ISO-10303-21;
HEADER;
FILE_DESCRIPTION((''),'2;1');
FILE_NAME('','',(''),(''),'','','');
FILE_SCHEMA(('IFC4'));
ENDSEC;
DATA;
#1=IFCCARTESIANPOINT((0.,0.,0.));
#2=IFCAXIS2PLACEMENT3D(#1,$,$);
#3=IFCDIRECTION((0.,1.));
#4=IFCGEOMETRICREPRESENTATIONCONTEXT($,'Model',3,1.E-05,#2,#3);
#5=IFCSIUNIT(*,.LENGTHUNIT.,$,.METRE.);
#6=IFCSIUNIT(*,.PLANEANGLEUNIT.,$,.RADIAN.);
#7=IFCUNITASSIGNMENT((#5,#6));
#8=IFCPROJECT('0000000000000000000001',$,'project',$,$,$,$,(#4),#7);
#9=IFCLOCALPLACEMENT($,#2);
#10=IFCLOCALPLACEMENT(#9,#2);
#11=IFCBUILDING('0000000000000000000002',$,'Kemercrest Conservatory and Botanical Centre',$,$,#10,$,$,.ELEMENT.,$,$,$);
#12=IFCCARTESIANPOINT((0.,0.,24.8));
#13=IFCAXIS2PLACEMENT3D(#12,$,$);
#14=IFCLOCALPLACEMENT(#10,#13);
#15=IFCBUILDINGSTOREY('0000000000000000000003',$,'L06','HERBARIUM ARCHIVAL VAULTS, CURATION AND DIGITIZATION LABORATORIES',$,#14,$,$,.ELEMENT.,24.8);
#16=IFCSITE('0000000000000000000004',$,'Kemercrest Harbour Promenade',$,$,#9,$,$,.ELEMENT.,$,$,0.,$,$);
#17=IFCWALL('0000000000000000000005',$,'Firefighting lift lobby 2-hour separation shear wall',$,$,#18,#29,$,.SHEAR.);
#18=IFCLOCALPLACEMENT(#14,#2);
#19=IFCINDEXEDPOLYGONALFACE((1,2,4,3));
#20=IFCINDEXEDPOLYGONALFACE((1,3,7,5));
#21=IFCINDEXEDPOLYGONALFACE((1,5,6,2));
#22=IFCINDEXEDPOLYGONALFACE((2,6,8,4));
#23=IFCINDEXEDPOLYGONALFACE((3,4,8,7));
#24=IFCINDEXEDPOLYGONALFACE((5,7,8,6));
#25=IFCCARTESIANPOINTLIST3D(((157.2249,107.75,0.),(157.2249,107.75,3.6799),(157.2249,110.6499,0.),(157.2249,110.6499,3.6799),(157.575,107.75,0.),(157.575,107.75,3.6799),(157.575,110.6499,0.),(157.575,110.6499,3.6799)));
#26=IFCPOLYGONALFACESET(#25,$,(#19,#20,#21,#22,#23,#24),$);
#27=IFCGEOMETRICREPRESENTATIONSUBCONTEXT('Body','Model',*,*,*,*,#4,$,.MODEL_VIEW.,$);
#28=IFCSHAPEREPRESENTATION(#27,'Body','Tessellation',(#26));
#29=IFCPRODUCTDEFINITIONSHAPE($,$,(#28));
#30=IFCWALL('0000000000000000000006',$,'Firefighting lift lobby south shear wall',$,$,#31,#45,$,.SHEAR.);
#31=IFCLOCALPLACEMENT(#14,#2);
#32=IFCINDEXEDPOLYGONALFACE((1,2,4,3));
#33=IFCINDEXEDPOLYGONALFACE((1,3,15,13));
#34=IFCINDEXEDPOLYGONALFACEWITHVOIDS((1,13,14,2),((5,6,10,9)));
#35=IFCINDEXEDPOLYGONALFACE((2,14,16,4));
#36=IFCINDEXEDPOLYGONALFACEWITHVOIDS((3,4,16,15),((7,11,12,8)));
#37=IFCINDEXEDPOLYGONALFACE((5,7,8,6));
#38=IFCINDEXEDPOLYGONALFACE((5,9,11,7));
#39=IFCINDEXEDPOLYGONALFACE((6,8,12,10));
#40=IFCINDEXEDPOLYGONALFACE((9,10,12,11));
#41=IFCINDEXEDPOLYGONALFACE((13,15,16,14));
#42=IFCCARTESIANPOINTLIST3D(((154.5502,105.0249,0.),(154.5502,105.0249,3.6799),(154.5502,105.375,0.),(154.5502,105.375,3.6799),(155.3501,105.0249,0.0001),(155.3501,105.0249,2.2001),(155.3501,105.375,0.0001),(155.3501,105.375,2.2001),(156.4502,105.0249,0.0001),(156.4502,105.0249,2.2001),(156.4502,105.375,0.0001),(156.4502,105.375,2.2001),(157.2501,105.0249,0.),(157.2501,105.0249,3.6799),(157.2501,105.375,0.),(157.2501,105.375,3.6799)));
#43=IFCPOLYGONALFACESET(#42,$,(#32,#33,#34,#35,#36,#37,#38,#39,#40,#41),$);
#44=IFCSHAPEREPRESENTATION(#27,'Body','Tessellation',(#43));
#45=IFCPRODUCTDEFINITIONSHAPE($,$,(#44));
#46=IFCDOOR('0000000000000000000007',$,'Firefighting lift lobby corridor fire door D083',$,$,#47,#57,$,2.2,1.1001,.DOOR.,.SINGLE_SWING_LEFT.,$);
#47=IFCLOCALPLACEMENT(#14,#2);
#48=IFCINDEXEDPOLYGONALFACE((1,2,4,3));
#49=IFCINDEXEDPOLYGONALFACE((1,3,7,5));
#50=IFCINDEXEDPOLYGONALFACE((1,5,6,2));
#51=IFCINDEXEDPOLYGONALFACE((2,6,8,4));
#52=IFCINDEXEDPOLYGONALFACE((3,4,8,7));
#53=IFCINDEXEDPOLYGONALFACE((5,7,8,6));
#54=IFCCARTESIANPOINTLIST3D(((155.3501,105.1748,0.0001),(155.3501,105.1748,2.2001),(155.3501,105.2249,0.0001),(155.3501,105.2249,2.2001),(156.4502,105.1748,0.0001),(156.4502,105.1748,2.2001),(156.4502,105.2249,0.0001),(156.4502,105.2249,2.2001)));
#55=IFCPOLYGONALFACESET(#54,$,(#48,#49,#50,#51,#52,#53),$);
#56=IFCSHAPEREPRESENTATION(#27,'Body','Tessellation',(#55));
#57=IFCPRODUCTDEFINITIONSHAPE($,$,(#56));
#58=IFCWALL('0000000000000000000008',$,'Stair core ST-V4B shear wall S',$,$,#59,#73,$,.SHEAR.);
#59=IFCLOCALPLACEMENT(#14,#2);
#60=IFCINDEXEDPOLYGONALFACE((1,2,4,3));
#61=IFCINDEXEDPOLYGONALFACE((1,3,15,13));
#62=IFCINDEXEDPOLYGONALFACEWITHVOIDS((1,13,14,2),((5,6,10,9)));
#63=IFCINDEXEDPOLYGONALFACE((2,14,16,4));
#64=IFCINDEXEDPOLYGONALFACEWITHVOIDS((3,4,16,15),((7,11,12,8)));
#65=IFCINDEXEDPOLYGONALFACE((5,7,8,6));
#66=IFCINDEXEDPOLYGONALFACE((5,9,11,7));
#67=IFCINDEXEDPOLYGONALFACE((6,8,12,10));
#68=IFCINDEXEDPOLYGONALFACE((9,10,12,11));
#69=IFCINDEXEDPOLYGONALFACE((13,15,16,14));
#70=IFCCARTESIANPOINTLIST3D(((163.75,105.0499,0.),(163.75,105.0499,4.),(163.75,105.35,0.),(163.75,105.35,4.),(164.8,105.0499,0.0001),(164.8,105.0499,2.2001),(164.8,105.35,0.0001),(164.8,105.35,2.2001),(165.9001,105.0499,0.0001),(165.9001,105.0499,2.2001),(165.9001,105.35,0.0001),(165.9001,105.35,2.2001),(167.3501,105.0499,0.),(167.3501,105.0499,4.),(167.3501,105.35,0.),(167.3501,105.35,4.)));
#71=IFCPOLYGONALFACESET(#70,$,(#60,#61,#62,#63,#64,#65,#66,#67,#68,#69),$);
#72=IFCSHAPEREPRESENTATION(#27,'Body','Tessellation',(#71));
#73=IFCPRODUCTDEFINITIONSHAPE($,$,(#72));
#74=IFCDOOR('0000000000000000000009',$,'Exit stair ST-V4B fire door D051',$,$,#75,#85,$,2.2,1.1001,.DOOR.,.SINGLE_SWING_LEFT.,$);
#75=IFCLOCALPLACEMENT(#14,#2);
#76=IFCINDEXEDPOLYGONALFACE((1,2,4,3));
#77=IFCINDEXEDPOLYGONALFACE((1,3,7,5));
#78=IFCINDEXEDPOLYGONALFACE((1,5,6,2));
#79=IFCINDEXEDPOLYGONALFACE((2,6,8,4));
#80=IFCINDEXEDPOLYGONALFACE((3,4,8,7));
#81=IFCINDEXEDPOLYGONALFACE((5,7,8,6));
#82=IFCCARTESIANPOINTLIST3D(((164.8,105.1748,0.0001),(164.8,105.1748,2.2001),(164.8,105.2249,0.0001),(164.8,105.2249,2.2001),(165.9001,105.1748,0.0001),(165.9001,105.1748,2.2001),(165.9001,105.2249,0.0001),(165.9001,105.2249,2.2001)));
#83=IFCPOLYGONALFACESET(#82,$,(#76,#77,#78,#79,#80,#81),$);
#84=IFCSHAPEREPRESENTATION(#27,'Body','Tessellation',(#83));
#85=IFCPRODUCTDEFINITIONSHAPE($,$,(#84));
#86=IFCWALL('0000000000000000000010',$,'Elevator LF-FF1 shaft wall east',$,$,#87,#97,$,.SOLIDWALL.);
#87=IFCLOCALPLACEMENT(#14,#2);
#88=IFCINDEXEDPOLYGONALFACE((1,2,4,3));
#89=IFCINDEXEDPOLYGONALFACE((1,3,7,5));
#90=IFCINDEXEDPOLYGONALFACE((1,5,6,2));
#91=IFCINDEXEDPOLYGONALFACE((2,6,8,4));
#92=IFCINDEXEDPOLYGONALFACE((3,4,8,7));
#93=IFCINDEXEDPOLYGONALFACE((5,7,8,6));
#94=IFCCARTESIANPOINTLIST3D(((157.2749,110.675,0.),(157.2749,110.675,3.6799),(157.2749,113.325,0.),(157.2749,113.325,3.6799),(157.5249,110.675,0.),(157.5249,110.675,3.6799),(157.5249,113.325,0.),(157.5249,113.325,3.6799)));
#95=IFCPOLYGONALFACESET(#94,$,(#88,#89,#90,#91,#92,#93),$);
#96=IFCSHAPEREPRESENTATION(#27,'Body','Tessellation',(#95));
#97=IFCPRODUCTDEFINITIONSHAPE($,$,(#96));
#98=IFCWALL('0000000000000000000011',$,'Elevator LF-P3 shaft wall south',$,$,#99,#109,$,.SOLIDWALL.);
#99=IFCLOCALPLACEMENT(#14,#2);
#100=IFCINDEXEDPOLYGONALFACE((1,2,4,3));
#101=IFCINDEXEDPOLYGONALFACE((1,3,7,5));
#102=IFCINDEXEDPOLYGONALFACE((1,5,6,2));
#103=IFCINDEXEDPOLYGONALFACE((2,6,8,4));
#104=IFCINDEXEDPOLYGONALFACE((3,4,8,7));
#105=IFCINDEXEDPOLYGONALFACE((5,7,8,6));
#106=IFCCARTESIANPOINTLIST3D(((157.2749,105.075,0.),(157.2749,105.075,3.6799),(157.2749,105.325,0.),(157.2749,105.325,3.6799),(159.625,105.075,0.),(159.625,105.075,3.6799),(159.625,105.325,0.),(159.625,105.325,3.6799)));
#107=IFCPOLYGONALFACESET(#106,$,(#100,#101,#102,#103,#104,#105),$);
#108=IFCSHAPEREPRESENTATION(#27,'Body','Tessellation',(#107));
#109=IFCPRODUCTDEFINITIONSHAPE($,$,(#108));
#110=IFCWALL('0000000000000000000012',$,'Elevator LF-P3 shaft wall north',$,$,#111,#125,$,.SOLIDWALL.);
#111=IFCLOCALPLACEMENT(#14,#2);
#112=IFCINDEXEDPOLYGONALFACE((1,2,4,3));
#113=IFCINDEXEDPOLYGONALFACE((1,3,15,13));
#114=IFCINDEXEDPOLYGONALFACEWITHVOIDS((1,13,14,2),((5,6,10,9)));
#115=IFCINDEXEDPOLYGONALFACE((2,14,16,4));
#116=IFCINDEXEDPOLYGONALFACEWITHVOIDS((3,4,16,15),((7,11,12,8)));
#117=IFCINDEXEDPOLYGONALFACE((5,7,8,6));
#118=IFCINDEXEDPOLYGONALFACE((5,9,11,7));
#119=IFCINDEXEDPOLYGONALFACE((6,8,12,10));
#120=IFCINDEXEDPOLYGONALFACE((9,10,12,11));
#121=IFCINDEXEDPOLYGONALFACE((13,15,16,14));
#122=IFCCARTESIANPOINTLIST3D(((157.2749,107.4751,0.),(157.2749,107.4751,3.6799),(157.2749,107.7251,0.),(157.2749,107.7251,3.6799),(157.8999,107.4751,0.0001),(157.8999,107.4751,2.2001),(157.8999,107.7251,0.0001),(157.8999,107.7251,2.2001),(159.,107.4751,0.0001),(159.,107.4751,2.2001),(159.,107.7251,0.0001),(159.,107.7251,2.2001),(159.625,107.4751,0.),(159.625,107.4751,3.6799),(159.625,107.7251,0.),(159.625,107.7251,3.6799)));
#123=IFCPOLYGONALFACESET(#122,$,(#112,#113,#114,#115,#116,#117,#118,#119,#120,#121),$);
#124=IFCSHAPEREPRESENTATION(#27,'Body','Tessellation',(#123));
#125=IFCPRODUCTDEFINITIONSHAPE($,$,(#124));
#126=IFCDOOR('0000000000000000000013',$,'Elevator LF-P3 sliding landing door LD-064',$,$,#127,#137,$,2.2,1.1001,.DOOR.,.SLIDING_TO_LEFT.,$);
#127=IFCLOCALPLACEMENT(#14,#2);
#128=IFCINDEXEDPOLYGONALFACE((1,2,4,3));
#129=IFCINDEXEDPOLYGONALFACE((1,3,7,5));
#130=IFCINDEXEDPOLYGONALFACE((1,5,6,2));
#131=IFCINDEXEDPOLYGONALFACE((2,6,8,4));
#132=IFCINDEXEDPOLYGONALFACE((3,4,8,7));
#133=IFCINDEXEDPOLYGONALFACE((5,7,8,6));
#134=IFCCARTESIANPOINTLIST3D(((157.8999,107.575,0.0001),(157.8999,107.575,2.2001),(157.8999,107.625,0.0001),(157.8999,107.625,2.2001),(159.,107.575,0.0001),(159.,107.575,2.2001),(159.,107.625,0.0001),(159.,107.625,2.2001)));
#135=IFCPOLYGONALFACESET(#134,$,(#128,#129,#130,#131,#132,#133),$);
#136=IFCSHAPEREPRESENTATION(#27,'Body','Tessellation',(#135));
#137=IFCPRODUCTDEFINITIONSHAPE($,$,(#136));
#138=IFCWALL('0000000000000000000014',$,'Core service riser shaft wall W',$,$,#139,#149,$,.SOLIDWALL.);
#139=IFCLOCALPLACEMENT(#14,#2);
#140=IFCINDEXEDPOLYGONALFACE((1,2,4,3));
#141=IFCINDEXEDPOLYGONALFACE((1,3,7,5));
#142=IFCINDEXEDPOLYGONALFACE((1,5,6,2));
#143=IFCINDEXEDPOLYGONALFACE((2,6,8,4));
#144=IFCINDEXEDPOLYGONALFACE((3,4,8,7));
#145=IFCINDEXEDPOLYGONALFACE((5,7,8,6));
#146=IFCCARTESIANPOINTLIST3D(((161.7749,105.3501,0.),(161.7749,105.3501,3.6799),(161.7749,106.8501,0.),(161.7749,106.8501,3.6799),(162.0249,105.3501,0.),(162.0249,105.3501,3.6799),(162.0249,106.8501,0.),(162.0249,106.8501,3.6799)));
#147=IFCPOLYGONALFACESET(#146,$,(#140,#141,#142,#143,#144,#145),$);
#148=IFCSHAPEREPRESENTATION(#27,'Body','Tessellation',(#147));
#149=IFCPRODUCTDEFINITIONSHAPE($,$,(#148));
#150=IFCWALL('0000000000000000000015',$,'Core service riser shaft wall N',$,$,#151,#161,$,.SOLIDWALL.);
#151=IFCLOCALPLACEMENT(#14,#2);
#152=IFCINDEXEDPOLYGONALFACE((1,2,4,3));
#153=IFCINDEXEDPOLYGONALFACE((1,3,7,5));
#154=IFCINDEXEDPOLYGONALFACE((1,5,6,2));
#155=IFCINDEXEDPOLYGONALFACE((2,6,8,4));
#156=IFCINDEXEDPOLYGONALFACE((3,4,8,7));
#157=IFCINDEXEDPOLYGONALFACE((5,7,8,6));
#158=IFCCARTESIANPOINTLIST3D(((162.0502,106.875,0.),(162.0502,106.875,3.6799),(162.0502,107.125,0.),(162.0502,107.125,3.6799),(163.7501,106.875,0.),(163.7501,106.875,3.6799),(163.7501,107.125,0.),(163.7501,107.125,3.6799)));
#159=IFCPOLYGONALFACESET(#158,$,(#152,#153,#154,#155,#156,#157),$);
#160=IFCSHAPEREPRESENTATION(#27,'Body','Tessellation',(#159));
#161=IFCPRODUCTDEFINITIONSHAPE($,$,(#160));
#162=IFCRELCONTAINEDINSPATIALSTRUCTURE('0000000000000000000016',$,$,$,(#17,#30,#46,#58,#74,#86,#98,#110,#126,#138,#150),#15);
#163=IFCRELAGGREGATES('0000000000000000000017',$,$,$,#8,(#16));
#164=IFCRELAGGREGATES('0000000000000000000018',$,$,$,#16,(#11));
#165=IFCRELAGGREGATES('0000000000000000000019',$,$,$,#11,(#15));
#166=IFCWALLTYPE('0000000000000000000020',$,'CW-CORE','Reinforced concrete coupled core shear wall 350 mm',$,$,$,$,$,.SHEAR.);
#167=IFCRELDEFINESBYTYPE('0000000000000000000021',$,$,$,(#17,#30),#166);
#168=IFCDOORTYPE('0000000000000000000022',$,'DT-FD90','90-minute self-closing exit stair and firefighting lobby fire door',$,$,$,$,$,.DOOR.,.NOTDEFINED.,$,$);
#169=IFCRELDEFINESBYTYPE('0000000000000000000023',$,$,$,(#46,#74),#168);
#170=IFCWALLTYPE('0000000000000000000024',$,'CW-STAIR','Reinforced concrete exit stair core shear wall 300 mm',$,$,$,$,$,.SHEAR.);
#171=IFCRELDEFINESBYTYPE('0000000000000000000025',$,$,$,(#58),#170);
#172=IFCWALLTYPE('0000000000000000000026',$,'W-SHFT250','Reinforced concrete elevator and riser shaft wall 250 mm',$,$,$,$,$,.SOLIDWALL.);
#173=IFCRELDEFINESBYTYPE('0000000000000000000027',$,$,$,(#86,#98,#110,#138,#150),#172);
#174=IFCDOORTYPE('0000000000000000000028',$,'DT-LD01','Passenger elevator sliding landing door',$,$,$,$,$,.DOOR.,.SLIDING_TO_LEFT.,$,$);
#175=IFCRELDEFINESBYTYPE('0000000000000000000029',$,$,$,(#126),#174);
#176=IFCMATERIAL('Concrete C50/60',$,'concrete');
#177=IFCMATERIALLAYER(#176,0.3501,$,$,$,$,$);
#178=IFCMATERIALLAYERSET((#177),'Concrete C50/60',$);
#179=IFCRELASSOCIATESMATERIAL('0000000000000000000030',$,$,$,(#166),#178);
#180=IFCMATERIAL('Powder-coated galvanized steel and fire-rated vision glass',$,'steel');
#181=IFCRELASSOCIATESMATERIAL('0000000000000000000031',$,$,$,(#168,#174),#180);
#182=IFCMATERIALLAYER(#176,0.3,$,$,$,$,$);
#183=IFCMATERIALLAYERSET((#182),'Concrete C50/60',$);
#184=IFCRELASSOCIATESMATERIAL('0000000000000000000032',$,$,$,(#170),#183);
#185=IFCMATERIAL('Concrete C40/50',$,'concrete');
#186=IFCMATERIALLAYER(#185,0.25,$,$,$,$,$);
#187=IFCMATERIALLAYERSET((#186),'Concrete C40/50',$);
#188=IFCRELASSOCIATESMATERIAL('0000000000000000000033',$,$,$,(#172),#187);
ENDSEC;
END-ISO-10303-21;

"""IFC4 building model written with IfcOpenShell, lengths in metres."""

from ifc_helpers import new_model, si_unit, direction, frame, frame_2d, origin, place, context, subcontext, project, spatial, rectangle, extrude, material, layer, layer_set, type_object, element, fill, save


model = new_model("IFC4")

# Units and contexts
model_context = context("Model", 3, precision=1e-05, world=origin(), true_north=direction((0.0, 1.0)))
body_context = subcontext(model_context, "Body", "Model", "MODEL_VIEW")
ifc_project = project(units=[si_unit("LENGTHUNIT", "METRE"), si_unit("PLANEANGLEUNIT", "RADIAN")], contexts=[model_context])

# Site, building, storey
site_placement = place(None, origin())
site = spatial("IfcSite", under=ifc_project, at=site_placement, Name="Kemercrest Harbour Promenade", CompositionType="ELEMENT", RefElevation=0.0)
building_placement = place(site_placement, origin())
building = spatial("IfcBuilding", under=site, at=building_placement, Name="Kemercrest Conservatory and Botanical Centre", CompositionType="ELEMENT")
storey_placement = place(building_placement, frame((0.0, 0.0, 24.8)))
storey = spatial("IfcBuildingStorey", under=building, at=storey_placement, Name="L06", Description="HERBARIUM ARCHIVAL VAULTS, CURATION AND DIGITIZATION LABORATORIES", CompositionType="ELEMENT", Elevation=24.8)

# Wall
ifc_material_1 = material(Name="Concrete C50/60", Category="concrete")
ifc_layer_1 = layer(ifc_material_1, 0.3501)
ifc_layer_set_1 = layer_set([ifc_layer_1], Name="Concrete C50/60")
wall_type_1 = type_object("IfcWallType", Name="CW-CORE", Description="Reinforced concrete coupled core shear wall 350 mm", PredefinedType="SHEAR", material=ifc_layer_set_1)
wall_1_placement = place(storey_placement, frame((157.3999, 107.75, 0.0), z_axis=(0.0, 0.0, 1.0), x_axis=(0.0, 1.0, 0.0)))
element("IfcWall", 1, at=wall_1_placement, inside=storey, type_object=wall_type_1, Name="Firefighting lift lobby 2-hour separation shear wall", PredefinedType="SHEAR", context=body_context, shape_type="SweptSolid", body=[
    extrude(rectangle(XDim=2.8999, YDim=0.3501, at=frame_2d((1.45, 0.0))), origin(), (0.0, 0.0, 1.0), 3.6799),
])

# Walls, openings, doors
wall_2_placement = place(storey_placement, frame((154.55, 105.2, 0.0), z_axis=(0.0, 0.0, 1.0), x_axis=(1.0, 0.0, 0.0)))
wall_2 = element("IfcWall", 2, at=wall_2_placement, inside=storey, type_object=wall_type_1, Name="Firefighting lift lobby south shear wall", PredefinedType="SHEAR", context=body_context, shape_type="SweptSolid", body=[
    extrude(rectangle(XDim=2.7, YDim=0.3501, at=frame_2d((1.3501, 0.0))), origin(), (0.0, 0.0, 1.0), 3.6799),
])
opening_1_placement = place(wall_2_placement, frame((0.8, 0.0, 0.0)))
opening_1 = element("IfcOpeningElement", 3, at=opening_1_placement, cuts=wall_2, PredefinedType="OPENING", context=body_context, shape_type="SweptSolid", body=[
    extrude(rectangle(XDim=1.1001, YDim=2.2, at=frame_2d((0.55, 1.1001))), frame((0.0, 0.1851, 0.0), z_axis=(0.0, -1.0, 0.0), x_axis=(1.0, 0.0, 0.0)), (0.0, 0.0, 1.0), 0.3701),
])
ifc_material_2 = material(Name="Powder-coated galvanized steel and fire-rated vision glass", Category="steel")
door_type_1 = type_object("IfcDoorType", Name="DT-FD90", Description="90-minute self-closing exit stair and firefighting lobby fire door", OperationType="NOTDEFINED", PredefinedType="DOOR", material=ifc_material_2)
door_1_placement = place(opening_1_placement, origin())
door_1 = element("IfcDoor", 4, at=door_1_placement, inside=storey, type_object=door_type_1, Name="Firefighting lift lobby corridor fire door D083", OperationType="SINGLE_SWING_LEFT", OverallHeight=2.2, OverallWidth=1.1001, PredefinedType="DOOR", context=body_context, shape_type="SweptSolid", body=[
    extrude(rectangle(XDim=1.1001, YDim=2.2, at=frame_2d((0.55, 1.1001))), frame((0.0, 0.0249, 0.0), z_axis=(0.0, -1.0, 0.0), x_axis=(1.0, 0.0, 0.0)), (0.0, 0.0, 1.0), 0.05),
])
fill(opening_1, door_1)
ifc_layer_2 = layer(ifc_material_1, 0.3)
ifc_layer_set_2 = layer_set([ifc_layer_2], Name="Concrete C50/60")
wall_type_2 = type_object("IfcWallType", Name="CW-STAIR", Description="Reinforced concrete exit stair core shear wall 300 mm", PredefinedType="SHEAR", material=ifc_layer_set_2)
wall_3_placement = place(storey_placement, frame((163.75, 105.2, 0.0), z_axis=(0.0, 0.0, 1.0), x_axis=(1.0, 0.0, 0.0)))
wall_3 = element("IfcWall", 5, at=wall_3_placement, inside=storey, type_object=wall_type_2, Name="Stair core ST-V4B shear wall S", PredefinedType="SHEAR", context=body_context, shape_type="SweptSolid", body=[
    extrude(rectangle(XDim=3.6001, YDim=0.3, at=frame_2d((1.8, 0.0))), origin(), (0.0, 0.0, 1.0), 4.0),
])
opening_2_placement = place(wall_3_placement, frame((1.05, 0.0, 0.0)))
opening_2 = element("IfcOpeningElement", 6, at=opening_2_placement, cuts=wall_3, PredefinedType="OPENING", context=body_context, shape_type="SweptSolid", body=[
    extrude(rectangle(XDim=1.1001, YDim=2.2, at=frame_2d((0.55, 1.1001))), frame((0.0, 0.1602, 0.0), z_axis=(0.0, -1.0, 0.0), x_axis=(1.0, 0.0, 0.0)), (0.0, 0.0, 1.0), 0.3201),
])
door_2_placement = place(opening_2_placement, origin())
door_2 = element("IfcDoor", 7, at=door_2_placement, inside=storey, type_object=door_type_1, Name="Exit stair ST-V4B fire door D051", OperationType="SINGLE_SWING_LEFT", OverallHeight=2.2, OverallWidth=1.1001, PredefinedType="DOOR", context=body_context, shape_type="SweptSolid", body=[
    extrude(rectangle(XDim=1.1001, YDim=2.2, at=frame_2d((0.55, 1.1001))), frame((0.0, 0.0249, 0.0), z_axis=(0.0, -1.0, 0.0), x_axis=(1.0, 0.0, 0.0)), (0.0, 0.0, 1.0), 0.05),
])
fill(opening_2, door_2)

# Walls
ifc_material_3 = material(Name="Concrete C40/50", Category="concrete")
ifc_layer_3 = layer(ifc_material_3, 0.25)
ifc_layer_set_3 = layer_set([ifc_layer_3], Name="Concrete C40/50")
wall_type_3 = type_object("IfcWallType", Name="W-SHFT250", Description="Reinforced concrete elevator and riser shaft wall 250 mm", PredefinedType="SOLIDWALL", material=ifc_layer_set_3)
wall_4_placement = place(storey_placement, frame((157.3999, 110.675, 0.0), z_axis=(0.0, 0.0, 1.0), x_axis=(0.0, 1.0, 0.0)))
element("IfcWall", 8, at=wall_4_placement, inside=storey, type_object=wall_type_3, Name="Elevator LF-FF1 shaft wall east", PredefinedType="SOLIDWALL", context=body_context, shape_type="SweptSolid", body=[
    extrude(rectangle(XDim=2.6499, YDim=0.25, at=frame_2d((1.325, 0.0))), origin(), (0.0, 0.0, 1.0), 3.6799),
])
wall_5_placement = place(storey_placement, frame((157.2749, 105.2, 0.0), z_axis=(0.0, 0.0, 1.0), x_axis=(1.0, 0.0, 0.0)))
element("IfcWall", 9, at=wall_5_placement, inside=storey, type_object=wall_type_3, Name="Elevator LF-P3 shaft wall south", PredefinedType="SOLIDWALL", context=body_context, shape_type="SweptSolid", body=[
    extrude(rectangle(XDim=2.3501, YDim=0.25, at=frame_2d((1.175, 0.0))), origin(), (0.0, 0.0, 1.0), 3.6799),
])

# Wall, opening, door
wall_6_placement = place(storey_placement, frame((157.2749, 107.6001, 0.0), z_axis=(0.0, 0.0, 1.0), x_axis=(1.0, 0.0, 0.0)))
wall_6 = element("IfcWall", 10, at=wall_6_placement, inside=storey, type_object=wall_type_3, Name="Elevator LF-P3 shaft wall north", PredefinedType="SOLIDWALL", context=body_context, shape_type="SweptSolid", body=[
    extrude(rectangle(XDim=2.3501, YDim=0.25, at=frame_2d((1.175, 0.0))), origin(), (0.0, 0.0, 1.0), 3.6799),
])
opening_3_placement = place(wall_6_placement, frame((0.625, 0.0, 0.0)))
opening_3 = element("IfcOpeningElement", 11, at=opening_3_placement, cuts=wall_6, PredefinedType="OPENING", context=body_context, shape_type="SweptSolid", body=[
    extrude(rectangle(XDim=1.1001, YDim=2.2, at=frame_2d((0.55, 1.1001))), frame((0.0, 0.135, 0.0), z_axis=(0.0, -1.0, 0.0), x_axis=(1.0, 0.0, 0.0)), (0.0, 0.0, 1.0), 0.27),
])
door_type_2 = type_object("IfcDoorType", Name="DT-LD01", Description="Passenger elevator sliding landing door", OperationType="SLIDING_TO_LEFT", PredefinedType="DOOR", material=ifc_material_2)
door_3_placement = place(opening_3_placement, origin())
door_3 = element("IfcDoor", 12, at=door_3_placement, inside=storey, type_object=door_type_2, Name="Elevator LF-P3 sliding landing door LD-064", OperationType="SLIDING_TO_LEFT", OverallHeight=2.2, OverallWidth=1.1001, PredefinedType="DOOR", context=body_context, shape_type="SweptSolid", body=[
    extrude(rectangle(XDim=1.1001, YDim=2.2, at=frame_2d((0.55, 1.1001))), frame((0.0, 0.0249, 0.0), z_axis=(0.0, -1.0, 0.0), x_axis=(1.0, 0.0, 0.0)), (0.0, 0.0, 1.0), 0.05),
])
fill(opening_3, door_3)

# Walls
wall_7_placement = place(storey_placement, frame((161.8999, 105.3501, 0.0), z_axis=(0.0, 0.0, 1.0), x_axis=(0.0, 1.0, 0.0)))
element("IfcWall", 13, at=wall_7_placement, inside=storey, type_object=wall_type_3, Name="Core service riser shaft wall W", PredefinedType="SOLIDWALL", context=body_context, shape_type="SweptSolid", body=[
    extrude(rectangle(XDim=1.5, YDim=0.25, at=frame_2d((0.75, 0.0))), origin(), (0.0, 0.0, 1.0), 3.6799),
])
wall_8_placement = place(storey_placement, frame((162.05, 107.0, 0.0), z_axis=(0.0, 0.0, 1.0), x_axis=(1.0, 0.0, 0.0)))
element("IfcWall", 14, at=wall_8_placement, inside=storey, type_object=wall_type_3, Name="Core service riser shaft wall N", PredefinedType="SOLIDWALL", context=body_context, shape_type="SweptSolid", body=[
    extrude(rectangle(XDim=1.7, YDim=0.25, at=frame_2d((0.8501, 0.0))), origin(), (0.0, 0.0, 1.0), 3.6799),
])

save(model, "model.ifc")
